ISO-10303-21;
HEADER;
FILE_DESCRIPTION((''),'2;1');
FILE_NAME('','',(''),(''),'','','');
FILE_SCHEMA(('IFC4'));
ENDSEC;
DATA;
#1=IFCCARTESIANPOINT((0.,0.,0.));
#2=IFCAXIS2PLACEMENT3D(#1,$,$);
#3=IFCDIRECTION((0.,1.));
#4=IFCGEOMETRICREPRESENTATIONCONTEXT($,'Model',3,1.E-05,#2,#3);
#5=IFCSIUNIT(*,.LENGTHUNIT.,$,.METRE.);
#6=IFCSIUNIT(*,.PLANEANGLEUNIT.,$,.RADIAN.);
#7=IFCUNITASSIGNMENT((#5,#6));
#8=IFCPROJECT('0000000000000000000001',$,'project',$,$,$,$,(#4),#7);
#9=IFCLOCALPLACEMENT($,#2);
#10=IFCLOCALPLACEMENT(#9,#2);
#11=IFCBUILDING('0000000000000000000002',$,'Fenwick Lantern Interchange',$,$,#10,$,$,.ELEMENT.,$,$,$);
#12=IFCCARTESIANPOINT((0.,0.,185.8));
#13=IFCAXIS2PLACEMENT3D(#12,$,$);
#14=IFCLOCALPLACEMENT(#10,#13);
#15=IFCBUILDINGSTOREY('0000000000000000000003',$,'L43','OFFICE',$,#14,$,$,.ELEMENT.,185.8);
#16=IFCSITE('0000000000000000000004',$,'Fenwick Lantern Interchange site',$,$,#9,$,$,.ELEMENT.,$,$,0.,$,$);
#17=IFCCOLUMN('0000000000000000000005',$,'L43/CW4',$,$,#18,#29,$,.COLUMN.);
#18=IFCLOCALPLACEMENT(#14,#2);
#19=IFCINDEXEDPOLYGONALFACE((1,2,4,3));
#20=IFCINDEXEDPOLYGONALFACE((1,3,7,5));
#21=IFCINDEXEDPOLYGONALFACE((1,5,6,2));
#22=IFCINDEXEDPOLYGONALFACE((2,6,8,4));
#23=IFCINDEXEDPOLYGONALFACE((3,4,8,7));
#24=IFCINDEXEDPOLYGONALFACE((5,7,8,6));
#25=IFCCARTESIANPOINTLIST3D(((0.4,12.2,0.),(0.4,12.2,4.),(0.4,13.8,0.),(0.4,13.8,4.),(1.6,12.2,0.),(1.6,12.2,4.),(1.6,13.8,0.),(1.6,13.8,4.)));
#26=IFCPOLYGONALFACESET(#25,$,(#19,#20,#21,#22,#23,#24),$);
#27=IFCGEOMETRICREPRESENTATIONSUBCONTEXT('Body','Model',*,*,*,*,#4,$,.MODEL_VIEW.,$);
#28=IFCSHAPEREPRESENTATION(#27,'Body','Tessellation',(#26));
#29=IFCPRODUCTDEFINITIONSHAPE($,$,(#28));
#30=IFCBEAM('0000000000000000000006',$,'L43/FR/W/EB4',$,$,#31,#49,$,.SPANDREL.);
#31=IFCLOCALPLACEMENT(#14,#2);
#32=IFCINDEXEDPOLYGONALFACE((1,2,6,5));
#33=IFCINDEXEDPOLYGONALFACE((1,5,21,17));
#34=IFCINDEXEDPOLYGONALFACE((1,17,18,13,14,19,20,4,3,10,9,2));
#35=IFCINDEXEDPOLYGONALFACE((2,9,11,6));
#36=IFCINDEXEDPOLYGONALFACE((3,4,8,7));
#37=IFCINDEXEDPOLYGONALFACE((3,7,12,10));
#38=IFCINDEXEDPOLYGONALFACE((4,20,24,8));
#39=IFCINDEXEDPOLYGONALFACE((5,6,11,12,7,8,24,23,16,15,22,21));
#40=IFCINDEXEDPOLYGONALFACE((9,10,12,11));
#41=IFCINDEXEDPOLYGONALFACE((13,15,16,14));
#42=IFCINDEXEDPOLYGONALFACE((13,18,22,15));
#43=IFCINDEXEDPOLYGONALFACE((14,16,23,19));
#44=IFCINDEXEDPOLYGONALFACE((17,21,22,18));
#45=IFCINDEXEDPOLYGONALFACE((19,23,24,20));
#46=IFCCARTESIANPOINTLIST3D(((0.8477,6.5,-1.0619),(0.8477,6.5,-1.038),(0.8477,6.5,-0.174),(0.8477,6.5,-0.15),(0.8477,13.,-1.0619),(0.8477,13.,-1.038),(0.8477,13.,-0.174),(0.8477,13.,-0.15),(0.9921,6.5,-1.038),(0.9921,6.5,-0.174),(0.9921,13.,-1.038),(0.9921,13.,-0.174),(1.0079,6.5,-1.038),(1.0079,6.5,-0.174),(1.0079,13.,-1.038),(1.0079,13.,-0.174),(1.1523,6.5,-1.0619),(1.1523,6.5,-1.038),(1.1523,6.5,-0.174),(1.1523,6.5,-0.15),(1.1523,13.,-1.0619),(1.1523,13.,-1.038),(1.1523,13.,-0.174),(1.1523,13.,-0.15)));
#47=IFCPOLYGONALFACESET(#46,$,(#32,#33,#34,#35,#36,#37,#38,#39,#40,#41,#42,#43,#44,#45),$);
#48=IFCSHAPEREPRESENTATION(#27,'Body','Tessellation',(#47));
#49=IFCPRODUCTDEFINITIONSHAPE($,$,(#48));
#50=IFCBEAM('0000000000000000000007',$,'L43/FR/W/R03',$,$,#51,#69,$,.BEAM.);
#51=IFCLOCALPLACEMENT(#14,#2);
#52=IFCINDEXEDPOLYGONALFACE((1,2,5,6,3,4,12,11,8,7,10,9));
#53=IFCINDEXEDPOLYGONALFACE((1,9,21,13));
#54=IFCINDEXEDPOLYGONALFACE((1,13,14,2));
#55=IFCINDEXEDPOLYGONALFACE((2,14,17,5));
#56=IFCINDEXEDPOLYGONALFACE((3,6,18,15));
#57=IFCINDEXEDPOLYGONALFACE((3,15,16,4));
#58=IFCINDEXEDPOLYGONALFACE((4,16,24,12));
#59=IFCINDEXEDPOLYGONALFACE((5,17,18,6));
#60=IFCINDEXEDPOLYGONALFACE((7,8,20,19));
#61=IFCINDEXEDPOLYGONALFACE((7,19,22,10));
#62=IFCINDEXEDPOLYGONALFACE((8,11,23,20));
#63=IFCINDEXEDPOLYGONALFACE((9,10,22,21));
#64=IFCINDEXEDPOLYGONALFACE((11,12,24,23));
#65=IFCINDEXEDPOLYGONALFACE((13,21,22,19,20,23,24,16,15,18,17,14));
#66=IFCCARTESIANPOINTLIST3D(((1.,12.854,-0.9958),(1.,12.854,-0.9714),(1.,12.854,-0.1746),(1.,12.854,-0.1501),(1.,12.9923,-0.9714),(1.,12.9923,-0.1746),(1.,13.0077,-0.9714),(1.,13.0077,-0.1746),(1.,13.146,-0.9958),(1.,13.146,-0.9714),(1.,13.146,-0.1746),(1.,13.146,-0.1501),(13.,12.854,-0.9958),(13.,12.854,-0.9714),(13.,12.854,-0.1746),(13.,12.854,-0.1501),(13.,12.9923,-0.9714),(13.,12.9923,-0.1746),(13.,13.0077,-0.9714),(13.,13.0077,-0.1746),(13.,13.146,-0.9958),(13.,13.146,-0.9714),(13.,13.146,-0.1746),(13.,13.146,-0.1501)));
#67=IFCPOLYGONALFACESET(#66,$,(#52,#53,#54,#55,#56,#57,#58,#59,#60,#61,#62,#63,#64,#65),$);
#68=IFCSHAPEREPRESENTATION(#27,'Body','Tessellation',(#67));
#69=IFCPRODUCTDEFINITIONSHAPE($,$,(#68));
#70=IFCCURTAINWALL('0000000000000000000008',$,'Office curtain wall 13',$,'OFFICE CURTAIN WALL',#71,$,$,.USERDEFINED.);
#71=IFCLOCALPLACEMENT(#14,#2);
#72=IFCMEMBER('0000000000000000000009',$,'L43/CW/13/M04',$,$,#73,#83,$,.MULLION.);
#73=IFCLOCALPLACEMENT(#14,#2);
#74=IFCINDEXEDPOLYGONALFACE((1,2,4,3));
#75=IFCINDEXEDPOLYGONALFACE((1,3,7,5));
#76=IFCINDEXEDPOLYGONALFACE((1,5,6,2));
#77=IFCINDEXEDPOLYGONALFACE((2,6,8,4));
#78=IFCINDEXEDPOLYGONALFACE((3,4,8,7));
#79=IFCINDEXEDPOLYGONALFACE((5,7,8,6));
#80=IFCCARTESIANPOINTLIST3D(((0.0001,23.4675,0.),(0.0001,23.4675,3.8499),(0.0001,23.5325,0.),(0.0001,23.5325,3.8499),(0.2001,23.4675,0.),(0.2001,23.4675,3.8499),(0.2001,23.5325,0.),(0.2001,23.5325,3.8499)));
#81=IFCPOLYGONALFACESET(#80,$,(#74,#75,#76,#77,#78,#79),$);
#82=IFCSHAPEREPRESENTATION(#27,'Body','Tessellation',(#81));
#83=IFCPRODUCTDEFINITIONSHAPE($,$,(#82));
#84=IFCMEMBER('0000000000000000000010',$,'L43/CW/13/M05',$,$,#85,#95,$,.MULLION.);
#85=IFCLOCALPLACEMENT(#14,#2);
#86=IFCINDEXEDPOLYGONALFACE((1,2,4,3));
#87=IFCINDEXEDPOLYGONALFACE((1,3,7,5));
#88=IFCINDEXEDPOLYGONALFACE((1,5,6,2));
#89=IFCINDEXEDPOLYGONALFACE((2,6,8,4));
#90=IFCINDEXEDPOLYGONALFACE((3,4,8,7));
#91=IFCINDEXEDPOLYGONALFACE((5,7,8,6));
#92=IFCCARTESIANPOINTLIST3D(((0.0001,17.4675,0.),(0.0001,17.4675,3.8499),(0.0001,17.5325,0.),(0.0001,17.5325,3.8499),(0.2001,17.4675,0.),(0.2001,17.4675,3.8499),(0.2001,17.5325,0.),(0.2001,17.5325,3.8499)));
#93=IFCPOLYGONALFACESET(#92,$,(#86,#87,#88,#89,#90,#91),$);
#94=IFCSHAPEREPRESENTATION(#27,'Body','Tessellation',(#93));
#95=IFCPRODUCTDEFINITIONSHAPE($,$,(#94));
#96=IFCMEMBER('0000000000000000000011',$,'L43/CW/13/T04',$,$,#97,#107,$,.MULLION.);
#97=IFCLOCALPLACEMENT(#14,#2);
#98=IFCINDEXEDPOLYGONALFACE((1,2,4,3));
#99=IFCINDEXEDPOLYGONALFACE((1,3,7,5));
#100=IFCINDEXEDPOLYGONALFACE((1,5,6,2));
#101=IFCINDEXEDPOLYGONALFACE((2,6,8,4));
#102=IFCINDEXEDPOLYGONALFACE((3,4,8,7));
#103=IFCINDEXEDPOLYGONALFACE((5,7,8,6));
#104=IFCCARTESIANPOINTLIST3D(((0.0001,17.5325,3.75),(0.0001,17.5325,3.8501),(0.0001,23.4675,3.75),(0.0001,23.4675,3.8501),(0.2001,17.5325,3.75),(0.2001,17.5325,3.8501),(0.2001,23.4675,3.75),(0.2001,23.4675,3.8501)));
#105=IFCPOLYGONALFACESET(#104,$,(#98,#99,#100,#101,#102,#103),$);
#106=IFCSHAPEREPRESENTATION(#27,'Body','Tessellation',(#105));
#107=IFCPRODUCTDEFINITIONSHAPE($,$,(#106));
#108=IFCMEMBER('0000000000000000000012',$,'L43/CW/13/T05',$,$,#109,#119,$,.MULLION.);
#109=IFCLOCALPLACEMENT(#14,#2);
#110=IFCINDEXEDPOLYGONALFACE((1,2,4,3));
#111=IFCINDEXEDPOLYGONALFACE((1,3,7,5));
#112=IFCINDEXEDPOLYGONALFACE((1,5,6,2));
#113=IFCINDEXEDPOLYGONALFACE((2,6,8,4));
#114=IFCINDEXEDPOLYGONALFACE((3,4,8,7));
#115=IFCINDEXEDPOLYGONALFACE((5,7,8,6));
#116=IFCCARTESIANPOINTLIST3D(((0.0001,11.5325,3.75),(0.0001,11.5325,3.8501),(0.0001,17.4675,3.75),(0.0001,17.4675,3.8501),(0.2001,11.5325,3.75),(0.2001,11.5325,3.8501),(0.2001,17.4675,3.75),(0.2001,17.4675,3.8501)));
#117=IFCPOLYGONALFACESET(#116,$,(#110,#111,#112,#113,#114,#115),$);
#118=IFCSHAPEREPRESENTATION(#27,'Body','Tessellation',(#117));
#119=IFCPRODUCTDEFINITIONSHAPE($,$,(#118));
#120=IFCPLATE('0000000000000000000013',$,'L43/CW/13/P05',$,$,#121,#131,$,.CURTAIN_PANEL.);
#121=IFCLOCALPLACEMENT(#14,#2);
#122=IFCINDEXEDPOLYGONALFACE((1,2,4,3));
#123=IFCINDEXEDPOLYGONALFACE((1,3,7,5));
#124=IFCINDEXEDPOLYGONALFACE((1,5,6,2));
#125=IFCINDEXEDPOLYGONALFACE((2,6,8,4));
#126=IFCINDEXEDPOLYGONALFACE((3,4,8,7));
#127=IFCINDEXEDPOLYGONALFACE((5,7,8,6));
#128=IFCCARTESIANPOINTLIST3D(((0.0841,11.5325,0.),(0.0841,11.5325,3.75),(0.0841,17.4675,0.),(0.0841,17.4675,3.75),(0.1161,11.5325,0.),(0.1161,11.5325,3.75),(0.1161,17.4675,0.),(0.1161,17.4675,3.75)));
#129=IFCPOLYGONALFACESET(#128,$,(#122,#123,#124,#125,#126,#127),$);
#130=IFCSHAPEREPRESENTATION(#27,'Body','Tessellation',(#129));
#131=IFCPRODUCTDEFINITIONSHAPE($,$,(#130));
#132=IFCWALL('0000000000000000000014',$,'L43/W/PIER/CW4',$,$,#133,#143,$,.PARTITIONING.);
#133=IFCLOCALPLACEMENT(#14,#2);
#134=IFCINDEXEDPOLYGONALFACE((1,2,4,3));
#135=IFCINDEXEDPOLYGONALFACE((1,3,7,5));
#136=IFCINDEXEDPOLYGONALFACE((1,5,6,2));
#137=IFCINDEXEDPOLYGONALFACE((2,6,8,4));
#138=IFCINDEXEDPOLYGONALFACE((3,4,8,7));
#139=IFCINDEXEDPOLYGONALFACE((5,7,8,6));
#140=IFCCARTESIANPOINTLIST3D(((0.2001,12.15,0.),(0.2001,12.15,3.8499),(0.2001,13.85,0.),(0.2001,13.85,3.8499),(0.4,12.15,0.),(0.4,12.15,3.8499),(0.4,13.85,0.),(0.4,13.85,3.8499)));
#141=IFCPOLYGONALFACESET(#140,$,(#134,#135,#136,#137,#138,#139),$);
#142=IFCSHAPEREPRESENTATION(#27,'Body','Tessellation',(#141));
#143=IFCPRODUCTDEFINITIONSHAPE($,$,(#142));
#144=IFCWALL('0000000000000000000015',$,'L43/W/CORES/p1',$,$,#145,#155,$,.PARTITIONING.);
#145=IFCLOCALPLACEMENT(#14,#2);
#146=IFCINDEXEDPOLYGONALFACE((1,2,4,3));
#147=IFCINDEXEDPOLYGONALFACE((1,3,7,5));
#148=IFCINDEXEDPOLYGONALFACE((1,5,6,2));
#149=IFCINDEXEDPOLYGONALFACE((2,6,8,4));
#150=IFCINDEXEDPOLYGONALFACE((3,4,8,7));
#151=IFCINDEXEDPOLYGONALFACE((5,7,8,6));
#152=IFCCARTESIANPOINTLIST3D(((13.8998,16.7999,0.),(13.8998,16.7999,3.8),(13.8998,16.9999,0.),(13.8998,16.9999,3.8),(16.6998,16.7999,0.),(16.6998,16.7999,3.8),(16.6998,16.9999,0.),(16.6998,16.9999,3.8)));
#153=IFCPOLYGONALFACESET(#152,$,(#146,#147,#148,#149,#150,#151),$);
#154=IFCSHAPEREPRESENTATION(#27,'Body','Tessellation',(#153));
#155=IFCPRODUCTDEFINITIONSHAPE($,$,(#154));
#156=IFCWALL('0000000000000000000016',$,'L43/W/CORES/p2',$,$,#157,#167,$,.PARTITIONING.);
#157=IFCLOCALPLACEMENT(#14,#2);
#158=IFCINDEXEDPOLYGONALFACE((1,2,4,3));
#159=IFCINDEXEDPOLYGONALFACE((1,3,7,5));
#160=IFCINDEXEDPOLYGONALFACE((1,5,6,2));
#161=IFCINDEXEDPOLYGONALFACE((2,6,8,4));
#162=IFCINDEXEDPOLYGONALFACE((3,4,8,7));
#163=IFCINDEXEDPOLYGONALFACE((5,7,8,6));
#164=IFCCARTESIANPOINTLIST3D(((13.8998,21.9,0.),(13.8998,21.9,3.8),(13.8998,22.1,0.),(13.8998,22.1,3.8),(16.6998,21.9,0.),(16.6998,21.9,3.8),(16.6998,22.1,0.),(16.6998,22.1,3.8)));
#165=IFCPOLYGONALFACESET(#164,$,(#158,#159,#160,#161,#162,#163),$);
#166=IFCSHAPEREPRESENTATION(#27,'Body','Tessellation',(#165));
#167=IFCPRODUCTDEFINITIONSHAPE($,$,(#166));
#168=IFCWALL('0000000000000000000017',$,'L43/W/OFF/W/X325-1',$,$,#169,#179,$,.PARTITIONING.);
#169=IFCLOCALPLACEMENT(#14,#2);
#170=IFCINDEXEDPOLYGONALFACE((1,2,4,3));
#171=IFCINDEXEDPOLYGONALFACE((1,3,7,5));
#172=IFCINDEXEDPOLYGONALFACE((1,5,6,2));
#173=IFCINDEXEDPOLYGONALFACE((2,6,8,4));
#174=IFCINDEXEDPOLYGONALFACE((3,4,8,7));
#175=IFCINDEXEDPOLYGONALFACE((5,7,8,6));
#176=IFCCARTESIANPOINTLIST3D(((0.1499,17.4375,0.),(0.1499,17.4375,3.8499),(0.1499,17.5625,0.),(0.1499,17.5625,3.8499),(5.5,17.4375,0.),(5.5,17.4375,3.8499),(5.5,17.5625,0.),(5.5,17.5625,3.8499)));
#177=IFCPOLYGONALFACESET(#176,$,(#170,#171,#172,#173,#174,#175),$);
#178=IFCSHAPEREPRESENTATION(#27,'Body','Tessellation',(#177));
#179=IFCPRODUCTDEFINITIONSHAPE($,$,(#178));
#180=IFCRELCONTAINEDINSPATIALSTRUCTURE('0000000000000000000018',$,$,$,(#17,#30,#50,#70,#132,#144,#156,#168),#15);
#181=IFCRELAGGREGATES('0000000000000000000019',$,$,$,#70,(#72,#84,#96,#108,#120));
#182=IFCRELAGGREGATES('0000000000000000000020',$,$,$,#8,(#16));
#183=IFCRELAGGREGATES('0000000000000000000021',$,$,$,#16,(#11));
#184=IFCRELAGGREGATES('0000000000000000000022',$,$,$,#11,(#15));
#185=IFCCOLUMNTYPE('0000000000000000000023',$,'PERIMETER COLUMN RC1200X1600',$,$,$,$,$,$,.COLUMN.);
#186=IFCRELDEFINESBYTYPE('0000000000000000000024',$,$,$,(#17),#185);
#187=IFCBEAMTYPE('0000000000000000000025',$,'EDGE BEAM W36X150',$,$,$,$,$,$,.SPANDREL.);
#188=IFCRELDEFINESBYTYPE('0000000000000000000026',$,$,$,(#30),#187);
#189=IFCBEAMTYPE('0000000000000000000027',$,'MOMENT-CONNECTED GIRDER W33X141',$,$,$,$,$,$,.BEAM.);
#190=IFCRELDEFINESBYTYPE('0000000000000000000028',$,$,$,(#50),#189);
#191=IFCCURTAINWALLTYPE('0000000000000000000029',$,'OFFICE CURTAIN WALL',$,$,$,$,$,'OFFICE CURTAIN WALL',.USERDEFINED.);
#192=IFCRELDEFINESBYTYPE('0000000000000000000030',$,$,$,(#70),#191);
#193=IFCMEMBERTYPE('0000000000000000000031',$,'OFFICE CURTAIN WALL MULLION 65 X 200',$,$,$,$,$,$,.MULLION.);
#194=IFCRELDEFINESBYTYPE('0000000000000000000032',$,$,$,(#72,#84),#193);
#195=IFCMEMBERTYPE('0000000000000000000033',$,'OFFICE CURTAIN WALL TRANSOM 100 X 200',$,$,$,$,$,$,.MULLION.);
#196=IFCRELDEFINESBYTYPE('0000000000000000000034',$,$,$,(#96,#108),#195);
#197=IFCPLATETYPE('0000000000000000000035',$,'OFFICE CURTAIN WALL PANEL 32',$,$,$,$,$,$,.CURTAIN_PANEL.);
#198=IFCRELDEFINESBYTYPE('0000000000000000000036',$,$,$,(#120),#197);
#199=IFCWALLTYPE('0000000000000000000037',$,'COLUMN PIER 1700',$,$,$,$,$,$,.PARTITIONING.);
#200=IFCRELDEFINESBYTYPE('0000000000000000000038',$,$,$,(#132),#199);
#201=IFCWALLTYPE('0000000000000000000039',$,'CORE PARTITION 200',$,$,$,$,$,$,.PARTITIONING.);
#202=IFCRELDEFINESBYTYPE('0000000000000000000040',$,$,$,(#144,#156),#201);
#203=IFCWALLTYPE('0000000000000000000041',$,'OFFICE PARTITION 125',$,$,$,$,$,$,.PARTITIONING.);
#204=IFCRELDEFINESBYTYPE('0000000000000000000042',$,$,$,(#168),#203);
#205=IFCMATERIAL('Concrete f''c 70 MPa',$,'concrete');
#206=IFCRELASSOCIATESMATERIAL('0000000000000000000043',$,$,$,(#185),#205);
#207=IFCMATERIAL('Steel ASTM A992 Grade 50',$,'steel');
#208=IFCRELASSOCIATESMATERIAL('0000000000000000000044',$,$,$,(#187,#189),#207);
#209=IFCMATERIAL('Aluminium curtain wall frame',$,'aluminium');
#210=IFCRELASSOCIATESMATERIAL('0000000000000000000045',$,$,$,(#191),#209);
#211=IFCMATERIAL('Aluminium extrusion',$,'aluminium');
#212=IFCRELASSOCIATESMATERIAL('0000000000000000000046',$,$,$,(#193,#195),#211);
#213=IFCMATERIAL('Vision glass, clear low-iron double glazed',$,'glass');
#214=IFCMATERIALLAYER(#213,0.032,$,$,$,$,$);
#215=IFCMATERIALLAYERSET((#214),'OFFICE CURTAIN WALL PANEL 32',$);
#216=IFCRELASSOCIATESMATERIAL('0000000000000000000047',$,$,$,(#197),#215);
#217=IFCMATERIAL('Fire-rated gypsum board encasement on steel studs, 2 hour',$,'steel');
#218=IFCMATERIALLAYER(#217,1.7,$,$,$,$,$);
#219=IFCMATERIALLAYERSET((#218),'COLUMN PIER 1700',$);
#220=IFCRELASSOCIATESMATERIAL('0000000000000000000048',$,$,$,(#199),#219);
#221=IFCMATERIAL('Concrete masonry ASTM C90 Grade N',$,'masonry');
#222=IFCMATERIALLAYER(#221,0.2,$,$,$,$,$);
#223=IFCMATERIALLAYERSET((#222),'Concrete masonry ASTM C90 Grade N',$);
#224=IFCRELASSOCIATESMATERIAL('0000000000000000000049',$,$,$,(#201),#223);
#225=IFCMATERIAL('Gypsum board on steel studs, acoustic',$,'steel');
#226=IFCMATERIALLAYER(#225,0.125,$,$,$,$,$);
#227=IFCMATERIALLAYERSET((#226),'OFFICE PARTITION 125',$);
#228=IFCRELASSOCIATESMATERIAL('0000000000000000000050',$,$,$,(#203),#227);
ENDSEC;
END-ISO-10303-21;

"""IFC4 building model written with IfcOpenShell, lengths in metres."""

from ifc_helpers import new_model, si_unit, direction, frame, frame_2d, origin, origin_2d, place, context, subcontext, project, spatial, rectangle, i_section, extrude, material, layer, layer_set, material_profile, profile_set, type_object, element, aggregate, save


model = new_model("IFC4")

# Units and contexts
model_context = context("Model", 3, precision=1e-05, world=origin(), true_north=direction((0.0, 1.0)))
body_context = subcontext(model_context, "Body", "Model", "MODEL_VIEW")
ifc_project = project(units=[si_unit("LENGTHUNIT", "METRE"), si_unit("PLANEANGLEUNIT", "RADIAN")], contexts=[model_context])

# Site, building, storey
site_placement = place(None, origin())
site = spatial("IfcSite", under=ifc_project, at=site_placement, Name="Fenwick Lantern Interchange site", CompositionType="ELEMENT", RefElevation=0.0)
building_placement = place(site_placement, origin())
building = spatial("IfcBuilding", under=site, at=building_placement, Name="Fenwick Lantern Interchange", CompositionType="ELEMENT")
storey_placement = place(building_placement, frame((0.0, 0.0, 185.8)))
storey = spatial("IfcBuildingStorey", under=building, at=storey_placement, Name="L43", Description="OFFICE", CompositionType="ELEMENT", Elevation=185.8)

# Column
ifc_material_1 = material(Name="Concrete f'c 70 MPa", Category="concrete")
ifc_material_profile_1 = material_profile(ifc_material_1, rectangle(XDim=1.2, YDim=1.6001, at=origin_2d()), Name="RC1200X1600")
ifc_profile_set_1 = profile_set([ifc_material_profile_1], Name="Concrete f'c 70 MPa")
column_type = type_object("IfcColumnType", Name="PERIMETER COLUMN RC1200X1600", PredefinedType="COLUMN", material=ifc_profile_set_1)
column_placement = place(storey_placement, frame((1.0, 13.0, 0.0), z_axis=(0.0, 0.0, 1.0), x_axis=(1.0, 0.0, 0.0)))
element("IfcColumn", 1, at=column_placement, inside=storey, type_object=column_type, Name="L43/CW4", PredefinedType="COLUMN", context=body_context, shape_type="SweptSolid", body=[
    extrude(rectangle(XDim=1.2, YDim=1.6001, at=origin_2d()), origin(), (0.0, 0.0, 1.0), 4.0),
])

# Beams
ifc_material_2 = material(Name="Steel ASTM A992 Grade 50", Category="steel")
ifc_material_profile_2 = material_profile(ifc_material_2, i_section(OverallWidth=0.3047, OverallDepth=0.9119, WebThickness=0.0159, FlangeThickness=0.0239, at=origin_2d()), Name="W36X150")
ifc_profile_set_2 = profile_set([ifc_material_profile_2], Name="Steel ASTM A992 Grade 50")
beam_type_1 = type_object("IfcBeamType", Name="EDGE BEAM W36X150", PredefinedType="SPANDREL", material=ifc_profile_set_2)
beam_1_placement = place(storey_placement, frame((1.0, 13.0, -0.606), z_axis=(0.0, -1.0, 0.0), x_axis=(1.0, 0.0, 0.0)))
element("IfcBeam", 2, at=beam_1_placement, inside=storey, type_object=beam_type_1, Name="L43/FR/W/EB4", PredefinedType="SPANDREL", context=body_context, shape_type="SweptSolid", body=[
    extrude(i_section(OverallWidth=0.3047, OverallDepth=0.9119, WebThickness=0.0159, FlangeThickness=0.0239, at=origin_2d()), origin(), (0.0, 0.0, 1.0), 6.5),
])
ifc_material_profile_3 = material_profile(ifc_material_2, i_section(OverallWidth=0.292, OverallDepth=0.8457, WebThickness=0.0154, FlangeThickness=0.0244, at=origin_2d()), Name="W33X141")
ifc_profile_set_3 = profile_set([ifc_material_profile_3], Name="Steel ASTM A992 Grade 50")
beam_type_2 = type_object("IfcBeamType", Name="MOMENT-CONNECTED GIRDER W33X141", PredefinedType="BEAM", material=ifc_profile_set_3)
beam_2_placement = place(storey_placement, frame((1.0, 13.0, -0.573), z_axis=(1.0, 0.0, 0.0), x_axis=(0.0, 1.0, 0.0)))
element("IfcBeam", 3, at=beam_2_placement, inside=storey, type_object=beam_type_2, Name="L43/FR/W/R03", PredefinedType="BEAM", context=body_context, shape_type="SweptSolid", body=[
    extrude(i_section(OverallWidth=0.292, OverallDepth=0.8457, WebThickness=0.0154, FlangeThickness=0.0244, at=origin_2d()), origin(), (0.0, 0.0, 1.0), 12.0),
])

# Curtain wall, members, plate
ifc_material_3 = material(Name="Aluminium curtain wall frame", Category="aluminium")
curtain_wall_type = type_object("IfcCurtainWallType", Name="OFFICE CURTAIN WALL", ElementType="OFFICE CURTAIN WALL", PredefinedType="USERDEFINED", material=ifc_material_3)
curtain_wall_placement = place(storey_placement, origin())
curtain_wall = element("IfcCurtainWall", 4, at=curtain_wall_placement, inside=storey, type_object=curtain_wall_type, Name="Office curtain wall 13", ObjectType="OFFICE CURTAIN WALL", PredefinedType="USERDEFINED")
ifc_material_4 = material(Name="Aluminium extrusion", Category="aluminium")
ifc_material_profile_4 = material_profile(ifc_material_4, rectangle(XDim=0.2, YDim=0.0649, at=origin_2d()), Name="OFFICE CURTAIN WALL MULLION 65 X 200")
ifc_profile_set_4 = profile_set([ifc_material_profile_4], Name="Aluminium extrusion")
member_type_1 = type_object("IfcMemberType", Name="OFFICE CURTAIN WALL MULLION 65 X 200", PredefinedType="MULLION", material=ifc_profile_set_4)
member_1_placement = place(storey_placement, frame((0.1001, 23.5, 0.0), z_axis=(0.0, 0.0, 1.0), x_axis=(1.0, 0.0, 0.0)))
member_1 = element("IfcMember", 5, at=member_1_placement, type_object=member_type_1, Name="L43/CW/13/M04", PredefinedType="MULLION", context=body_context, shape_type="SweptSolid", body=[
    extrude(rectangle(XDim=0.2, YDim=0.0649, at=origin_2d()), origin(), (0.0, 0.0, 1.0), 3.8499),
])
member_2_placement = place(storey_placement, frame((0.1001, 17.5, 0.0), z_axis=(0.0, 0.0, 1.0), x_axis=(1.0, 0.0, 0.0)))
member_2 = element("IfcMember", 6, at=member_2_placement, type_object=member_type_1, Name="L43/CW/13/M05", PredefinedType="MULLION", context=body_context, shape_type="SweptSolid", body=[
    extrude(rectangle(XDim=0.2, YDim=0.0649, at=origin_2d()), origin(), (0.0, 0.0, 1.0), 3.8499),
])
ifc_material_profile_5 = material_profile(ifc_material_4, rectangle(XDim=0.2, YDim=0.1001, at=origin_2d()), Name="OFFICE CURTAIN WALL TRANSOM 100 X 200")
ifc_profile_set_5 = profile_set([ifc_material_profile_5], Name="Aluminium extrusion")
member_type_2 = type_object("IfcMemberType", Name="OFFICE CURTAIN WALL TRANSOM 100 X 200", PredefinedType="MULLION", material=ifc_profile_set_5)
member_3_placement = place(storey_placement, frame((0.1001, 23.4675, 3.8), z_axis=(0.0, -1.0, 0.0), x_axis=(1.0, 0.0, 0.0)))
member_3 = element("IfcMember", 7, at=member_3_placement, type_object=member_type_2, Name="L43/CW/13/T04", PredefinedType="MULLION", context=body_context, shape_type="SweptSolid", body=[
    extrude(rectangle(XDim=0.2, YDim=0.1001, at=origin_2d()), origin(), (0.0, 0.0, 1.0), 5.9351),
])
member_4_placement = place(storey_placement, frame((0.1001, 17.4675, 3.8), z_axis=(0.0, -1.0, 0.0), x_axis=(1.0, 0.0, 0.0)))
member_4 = element("IfcMember", 8, at=member_4_placement, type_object=member_type_2, Name="L43/CW/13/T05", PredefinedType="MULLION", context=body_context, shape_type="SweptSolid", body=[
    extrude(rectangle(XDim=0.2, YDim=0.1001, at=origin_2d()), origin(), (0.0, 0.0, 1.0), 5.9351),
])
ifc_material_5 = material(Name="Vision glass, clear low-iron double glazed", Category="glass")
ifc_layer_1 = layer(ifc_material_5, 0.032)
ifc_layer_set_1 = layer_set([ifc_layer_1], Name="OFFICE CURTAIN WALL PANEL 32")
plate_type = type_object("IfcPlateType", Name="OFFICE CURTAIN WALL PANEL 32", PredefinedType="CURTAIN_PANEL", material=ifc_layer_set_1)
plate_placement = place(storey_placement, frame((0.1001, 14.5, 0.0), z_axis=(0.0, 0.0, 1.0), x_axis=(0.0, -1.0, 0.0)))
plate = element("IfcPlate", 9, at=plate_placement, type_object=plate_type, Name="L43/CW/13/P05", PredefinedType="CURTAIN_PANEL", context=body_context, shape_type="SweptSolid", body=[
    extrude(rectangle(XDim=5.9351, YDim=0.032, at=origin_2d()), origin(), (0.0, 0.0, 1.0), 3.75),
])
aggregate(curtain_wall, [member_1, member_2, member_3, member_4, plate])

# Walls
ifc_material_6 = material(Name="Fire-rated gypsum board encasement on steel studs, 2 hour", Category="steel")
ifc_layer_2 = layer(ifc_material_6, 1.7)
ifc_layer_set_2 = layer_set([ifc_layer_2], Name="COLUMN PIER 1700")
wall_type_1 = type_object("IfcWallType", Name="COLUMN PIER 1700", PredefinedType="PARTITIONING", material=ifc_layer_set_2)
wall_1_placement = place(storey_placement, frame((0.2, 13.0, 0.0), z_axis=(0.0, 0.0, 1.0), x_axis=(1.0, 0.0, 0.0)))
element("IfcWall", 10, at=wall_1_placement, inside=storey, type_object=wall_type_1, Name="L43/W/PIER/CW4", PredefinedType="PARTITIONING", context=body_context, shape_type="SweptSolid", body=[
    extrude(rectangle(XDim=0.2, YDim=1.7, at=frame_2d((0.1001, 0.0))), origin(), (0.0, 0.0, 1.0), 3.8499),
])
ifc_material_7 = material(Name="Concrete masonry ASTM C90 Grade N", Category="masonry")
ifc_layer_3 = layer(ifc_material_7, 0.2)
ifc_layer_set_3 = layer_set([ifc_layer_3], Name="Concrete masonry ASTM C90 Grade N")
wall_type_2 = type_object("IfcWallType", Name="CORE PARTITION 200", PredefinedType="PARTITIONING", material=ifc_layer_set_3)
for number, where, z_axis, x_axis, name in (
    (11, (13.8999, 16.8999, 0.0), (0.0, 0.0, 1.0), (1.0, 0.0, 0.0), "L43/W/CORES/p1"),
    (12, (13.8999, 22.0, 0.0), (0.0, 0.0, 1.0), (1.0, 0.0, 0.0), "L43/W/CORES/p2"),
):
    element("IfcWall", number, at=place(storey_placement, frame(where, z_axis=z_axis, x_axis=x_axis)), inside=storey, type_object=wall_type_2, Name=name, PredefinedType="PARTITIONING", context=body_context, shape_type="SweptSolid", body=[
        extrude(rectangle(XDim=2.8, YDim=0.2, at=frame_2d((1.3999, 0.0))), origin(), (0.0, 0.0, 1.0), 3.8),
    ])

# Wall
ifc_material_8 = material(Name="Gypsum board on steel studs, acoustic", Category="steel")
ifc_layer_4 = layer(ifc_material_8, 0.125)
ifc_layer_set_4 = layer_set([ifc_layer_4], Name="OFFICE PARTITION 125")
wall_type_3 = type_object("IfcWallType", Name="OFFICE PARTITION 125", PredefinedType="PARTITIONING", material=ifc_layer_set_4)
wall_2_placement = place(storey_placement, frame((0.1499, 17.5, 0.0), z_axis=(0.0, 0.0, 1.0), x_axis=(1.0, 0.0, 0.0)))
element("IfcWall", 13, at=wall_2_placement, inside=storey, type_object=wall_type_3, Name="L43/W/OFF/W/X325-1", PredefinedType="PARTITIONING", context=body_context, shape_type="SweptSolid", body=[
    extrude(rectangle(XDim=5.3501, YDim=0.125, at=frame_2d((2.675, 0.0))), origin(), (0.0, 0.0, 1.0), 3.8499),
])

save(model, "model.ifc")
